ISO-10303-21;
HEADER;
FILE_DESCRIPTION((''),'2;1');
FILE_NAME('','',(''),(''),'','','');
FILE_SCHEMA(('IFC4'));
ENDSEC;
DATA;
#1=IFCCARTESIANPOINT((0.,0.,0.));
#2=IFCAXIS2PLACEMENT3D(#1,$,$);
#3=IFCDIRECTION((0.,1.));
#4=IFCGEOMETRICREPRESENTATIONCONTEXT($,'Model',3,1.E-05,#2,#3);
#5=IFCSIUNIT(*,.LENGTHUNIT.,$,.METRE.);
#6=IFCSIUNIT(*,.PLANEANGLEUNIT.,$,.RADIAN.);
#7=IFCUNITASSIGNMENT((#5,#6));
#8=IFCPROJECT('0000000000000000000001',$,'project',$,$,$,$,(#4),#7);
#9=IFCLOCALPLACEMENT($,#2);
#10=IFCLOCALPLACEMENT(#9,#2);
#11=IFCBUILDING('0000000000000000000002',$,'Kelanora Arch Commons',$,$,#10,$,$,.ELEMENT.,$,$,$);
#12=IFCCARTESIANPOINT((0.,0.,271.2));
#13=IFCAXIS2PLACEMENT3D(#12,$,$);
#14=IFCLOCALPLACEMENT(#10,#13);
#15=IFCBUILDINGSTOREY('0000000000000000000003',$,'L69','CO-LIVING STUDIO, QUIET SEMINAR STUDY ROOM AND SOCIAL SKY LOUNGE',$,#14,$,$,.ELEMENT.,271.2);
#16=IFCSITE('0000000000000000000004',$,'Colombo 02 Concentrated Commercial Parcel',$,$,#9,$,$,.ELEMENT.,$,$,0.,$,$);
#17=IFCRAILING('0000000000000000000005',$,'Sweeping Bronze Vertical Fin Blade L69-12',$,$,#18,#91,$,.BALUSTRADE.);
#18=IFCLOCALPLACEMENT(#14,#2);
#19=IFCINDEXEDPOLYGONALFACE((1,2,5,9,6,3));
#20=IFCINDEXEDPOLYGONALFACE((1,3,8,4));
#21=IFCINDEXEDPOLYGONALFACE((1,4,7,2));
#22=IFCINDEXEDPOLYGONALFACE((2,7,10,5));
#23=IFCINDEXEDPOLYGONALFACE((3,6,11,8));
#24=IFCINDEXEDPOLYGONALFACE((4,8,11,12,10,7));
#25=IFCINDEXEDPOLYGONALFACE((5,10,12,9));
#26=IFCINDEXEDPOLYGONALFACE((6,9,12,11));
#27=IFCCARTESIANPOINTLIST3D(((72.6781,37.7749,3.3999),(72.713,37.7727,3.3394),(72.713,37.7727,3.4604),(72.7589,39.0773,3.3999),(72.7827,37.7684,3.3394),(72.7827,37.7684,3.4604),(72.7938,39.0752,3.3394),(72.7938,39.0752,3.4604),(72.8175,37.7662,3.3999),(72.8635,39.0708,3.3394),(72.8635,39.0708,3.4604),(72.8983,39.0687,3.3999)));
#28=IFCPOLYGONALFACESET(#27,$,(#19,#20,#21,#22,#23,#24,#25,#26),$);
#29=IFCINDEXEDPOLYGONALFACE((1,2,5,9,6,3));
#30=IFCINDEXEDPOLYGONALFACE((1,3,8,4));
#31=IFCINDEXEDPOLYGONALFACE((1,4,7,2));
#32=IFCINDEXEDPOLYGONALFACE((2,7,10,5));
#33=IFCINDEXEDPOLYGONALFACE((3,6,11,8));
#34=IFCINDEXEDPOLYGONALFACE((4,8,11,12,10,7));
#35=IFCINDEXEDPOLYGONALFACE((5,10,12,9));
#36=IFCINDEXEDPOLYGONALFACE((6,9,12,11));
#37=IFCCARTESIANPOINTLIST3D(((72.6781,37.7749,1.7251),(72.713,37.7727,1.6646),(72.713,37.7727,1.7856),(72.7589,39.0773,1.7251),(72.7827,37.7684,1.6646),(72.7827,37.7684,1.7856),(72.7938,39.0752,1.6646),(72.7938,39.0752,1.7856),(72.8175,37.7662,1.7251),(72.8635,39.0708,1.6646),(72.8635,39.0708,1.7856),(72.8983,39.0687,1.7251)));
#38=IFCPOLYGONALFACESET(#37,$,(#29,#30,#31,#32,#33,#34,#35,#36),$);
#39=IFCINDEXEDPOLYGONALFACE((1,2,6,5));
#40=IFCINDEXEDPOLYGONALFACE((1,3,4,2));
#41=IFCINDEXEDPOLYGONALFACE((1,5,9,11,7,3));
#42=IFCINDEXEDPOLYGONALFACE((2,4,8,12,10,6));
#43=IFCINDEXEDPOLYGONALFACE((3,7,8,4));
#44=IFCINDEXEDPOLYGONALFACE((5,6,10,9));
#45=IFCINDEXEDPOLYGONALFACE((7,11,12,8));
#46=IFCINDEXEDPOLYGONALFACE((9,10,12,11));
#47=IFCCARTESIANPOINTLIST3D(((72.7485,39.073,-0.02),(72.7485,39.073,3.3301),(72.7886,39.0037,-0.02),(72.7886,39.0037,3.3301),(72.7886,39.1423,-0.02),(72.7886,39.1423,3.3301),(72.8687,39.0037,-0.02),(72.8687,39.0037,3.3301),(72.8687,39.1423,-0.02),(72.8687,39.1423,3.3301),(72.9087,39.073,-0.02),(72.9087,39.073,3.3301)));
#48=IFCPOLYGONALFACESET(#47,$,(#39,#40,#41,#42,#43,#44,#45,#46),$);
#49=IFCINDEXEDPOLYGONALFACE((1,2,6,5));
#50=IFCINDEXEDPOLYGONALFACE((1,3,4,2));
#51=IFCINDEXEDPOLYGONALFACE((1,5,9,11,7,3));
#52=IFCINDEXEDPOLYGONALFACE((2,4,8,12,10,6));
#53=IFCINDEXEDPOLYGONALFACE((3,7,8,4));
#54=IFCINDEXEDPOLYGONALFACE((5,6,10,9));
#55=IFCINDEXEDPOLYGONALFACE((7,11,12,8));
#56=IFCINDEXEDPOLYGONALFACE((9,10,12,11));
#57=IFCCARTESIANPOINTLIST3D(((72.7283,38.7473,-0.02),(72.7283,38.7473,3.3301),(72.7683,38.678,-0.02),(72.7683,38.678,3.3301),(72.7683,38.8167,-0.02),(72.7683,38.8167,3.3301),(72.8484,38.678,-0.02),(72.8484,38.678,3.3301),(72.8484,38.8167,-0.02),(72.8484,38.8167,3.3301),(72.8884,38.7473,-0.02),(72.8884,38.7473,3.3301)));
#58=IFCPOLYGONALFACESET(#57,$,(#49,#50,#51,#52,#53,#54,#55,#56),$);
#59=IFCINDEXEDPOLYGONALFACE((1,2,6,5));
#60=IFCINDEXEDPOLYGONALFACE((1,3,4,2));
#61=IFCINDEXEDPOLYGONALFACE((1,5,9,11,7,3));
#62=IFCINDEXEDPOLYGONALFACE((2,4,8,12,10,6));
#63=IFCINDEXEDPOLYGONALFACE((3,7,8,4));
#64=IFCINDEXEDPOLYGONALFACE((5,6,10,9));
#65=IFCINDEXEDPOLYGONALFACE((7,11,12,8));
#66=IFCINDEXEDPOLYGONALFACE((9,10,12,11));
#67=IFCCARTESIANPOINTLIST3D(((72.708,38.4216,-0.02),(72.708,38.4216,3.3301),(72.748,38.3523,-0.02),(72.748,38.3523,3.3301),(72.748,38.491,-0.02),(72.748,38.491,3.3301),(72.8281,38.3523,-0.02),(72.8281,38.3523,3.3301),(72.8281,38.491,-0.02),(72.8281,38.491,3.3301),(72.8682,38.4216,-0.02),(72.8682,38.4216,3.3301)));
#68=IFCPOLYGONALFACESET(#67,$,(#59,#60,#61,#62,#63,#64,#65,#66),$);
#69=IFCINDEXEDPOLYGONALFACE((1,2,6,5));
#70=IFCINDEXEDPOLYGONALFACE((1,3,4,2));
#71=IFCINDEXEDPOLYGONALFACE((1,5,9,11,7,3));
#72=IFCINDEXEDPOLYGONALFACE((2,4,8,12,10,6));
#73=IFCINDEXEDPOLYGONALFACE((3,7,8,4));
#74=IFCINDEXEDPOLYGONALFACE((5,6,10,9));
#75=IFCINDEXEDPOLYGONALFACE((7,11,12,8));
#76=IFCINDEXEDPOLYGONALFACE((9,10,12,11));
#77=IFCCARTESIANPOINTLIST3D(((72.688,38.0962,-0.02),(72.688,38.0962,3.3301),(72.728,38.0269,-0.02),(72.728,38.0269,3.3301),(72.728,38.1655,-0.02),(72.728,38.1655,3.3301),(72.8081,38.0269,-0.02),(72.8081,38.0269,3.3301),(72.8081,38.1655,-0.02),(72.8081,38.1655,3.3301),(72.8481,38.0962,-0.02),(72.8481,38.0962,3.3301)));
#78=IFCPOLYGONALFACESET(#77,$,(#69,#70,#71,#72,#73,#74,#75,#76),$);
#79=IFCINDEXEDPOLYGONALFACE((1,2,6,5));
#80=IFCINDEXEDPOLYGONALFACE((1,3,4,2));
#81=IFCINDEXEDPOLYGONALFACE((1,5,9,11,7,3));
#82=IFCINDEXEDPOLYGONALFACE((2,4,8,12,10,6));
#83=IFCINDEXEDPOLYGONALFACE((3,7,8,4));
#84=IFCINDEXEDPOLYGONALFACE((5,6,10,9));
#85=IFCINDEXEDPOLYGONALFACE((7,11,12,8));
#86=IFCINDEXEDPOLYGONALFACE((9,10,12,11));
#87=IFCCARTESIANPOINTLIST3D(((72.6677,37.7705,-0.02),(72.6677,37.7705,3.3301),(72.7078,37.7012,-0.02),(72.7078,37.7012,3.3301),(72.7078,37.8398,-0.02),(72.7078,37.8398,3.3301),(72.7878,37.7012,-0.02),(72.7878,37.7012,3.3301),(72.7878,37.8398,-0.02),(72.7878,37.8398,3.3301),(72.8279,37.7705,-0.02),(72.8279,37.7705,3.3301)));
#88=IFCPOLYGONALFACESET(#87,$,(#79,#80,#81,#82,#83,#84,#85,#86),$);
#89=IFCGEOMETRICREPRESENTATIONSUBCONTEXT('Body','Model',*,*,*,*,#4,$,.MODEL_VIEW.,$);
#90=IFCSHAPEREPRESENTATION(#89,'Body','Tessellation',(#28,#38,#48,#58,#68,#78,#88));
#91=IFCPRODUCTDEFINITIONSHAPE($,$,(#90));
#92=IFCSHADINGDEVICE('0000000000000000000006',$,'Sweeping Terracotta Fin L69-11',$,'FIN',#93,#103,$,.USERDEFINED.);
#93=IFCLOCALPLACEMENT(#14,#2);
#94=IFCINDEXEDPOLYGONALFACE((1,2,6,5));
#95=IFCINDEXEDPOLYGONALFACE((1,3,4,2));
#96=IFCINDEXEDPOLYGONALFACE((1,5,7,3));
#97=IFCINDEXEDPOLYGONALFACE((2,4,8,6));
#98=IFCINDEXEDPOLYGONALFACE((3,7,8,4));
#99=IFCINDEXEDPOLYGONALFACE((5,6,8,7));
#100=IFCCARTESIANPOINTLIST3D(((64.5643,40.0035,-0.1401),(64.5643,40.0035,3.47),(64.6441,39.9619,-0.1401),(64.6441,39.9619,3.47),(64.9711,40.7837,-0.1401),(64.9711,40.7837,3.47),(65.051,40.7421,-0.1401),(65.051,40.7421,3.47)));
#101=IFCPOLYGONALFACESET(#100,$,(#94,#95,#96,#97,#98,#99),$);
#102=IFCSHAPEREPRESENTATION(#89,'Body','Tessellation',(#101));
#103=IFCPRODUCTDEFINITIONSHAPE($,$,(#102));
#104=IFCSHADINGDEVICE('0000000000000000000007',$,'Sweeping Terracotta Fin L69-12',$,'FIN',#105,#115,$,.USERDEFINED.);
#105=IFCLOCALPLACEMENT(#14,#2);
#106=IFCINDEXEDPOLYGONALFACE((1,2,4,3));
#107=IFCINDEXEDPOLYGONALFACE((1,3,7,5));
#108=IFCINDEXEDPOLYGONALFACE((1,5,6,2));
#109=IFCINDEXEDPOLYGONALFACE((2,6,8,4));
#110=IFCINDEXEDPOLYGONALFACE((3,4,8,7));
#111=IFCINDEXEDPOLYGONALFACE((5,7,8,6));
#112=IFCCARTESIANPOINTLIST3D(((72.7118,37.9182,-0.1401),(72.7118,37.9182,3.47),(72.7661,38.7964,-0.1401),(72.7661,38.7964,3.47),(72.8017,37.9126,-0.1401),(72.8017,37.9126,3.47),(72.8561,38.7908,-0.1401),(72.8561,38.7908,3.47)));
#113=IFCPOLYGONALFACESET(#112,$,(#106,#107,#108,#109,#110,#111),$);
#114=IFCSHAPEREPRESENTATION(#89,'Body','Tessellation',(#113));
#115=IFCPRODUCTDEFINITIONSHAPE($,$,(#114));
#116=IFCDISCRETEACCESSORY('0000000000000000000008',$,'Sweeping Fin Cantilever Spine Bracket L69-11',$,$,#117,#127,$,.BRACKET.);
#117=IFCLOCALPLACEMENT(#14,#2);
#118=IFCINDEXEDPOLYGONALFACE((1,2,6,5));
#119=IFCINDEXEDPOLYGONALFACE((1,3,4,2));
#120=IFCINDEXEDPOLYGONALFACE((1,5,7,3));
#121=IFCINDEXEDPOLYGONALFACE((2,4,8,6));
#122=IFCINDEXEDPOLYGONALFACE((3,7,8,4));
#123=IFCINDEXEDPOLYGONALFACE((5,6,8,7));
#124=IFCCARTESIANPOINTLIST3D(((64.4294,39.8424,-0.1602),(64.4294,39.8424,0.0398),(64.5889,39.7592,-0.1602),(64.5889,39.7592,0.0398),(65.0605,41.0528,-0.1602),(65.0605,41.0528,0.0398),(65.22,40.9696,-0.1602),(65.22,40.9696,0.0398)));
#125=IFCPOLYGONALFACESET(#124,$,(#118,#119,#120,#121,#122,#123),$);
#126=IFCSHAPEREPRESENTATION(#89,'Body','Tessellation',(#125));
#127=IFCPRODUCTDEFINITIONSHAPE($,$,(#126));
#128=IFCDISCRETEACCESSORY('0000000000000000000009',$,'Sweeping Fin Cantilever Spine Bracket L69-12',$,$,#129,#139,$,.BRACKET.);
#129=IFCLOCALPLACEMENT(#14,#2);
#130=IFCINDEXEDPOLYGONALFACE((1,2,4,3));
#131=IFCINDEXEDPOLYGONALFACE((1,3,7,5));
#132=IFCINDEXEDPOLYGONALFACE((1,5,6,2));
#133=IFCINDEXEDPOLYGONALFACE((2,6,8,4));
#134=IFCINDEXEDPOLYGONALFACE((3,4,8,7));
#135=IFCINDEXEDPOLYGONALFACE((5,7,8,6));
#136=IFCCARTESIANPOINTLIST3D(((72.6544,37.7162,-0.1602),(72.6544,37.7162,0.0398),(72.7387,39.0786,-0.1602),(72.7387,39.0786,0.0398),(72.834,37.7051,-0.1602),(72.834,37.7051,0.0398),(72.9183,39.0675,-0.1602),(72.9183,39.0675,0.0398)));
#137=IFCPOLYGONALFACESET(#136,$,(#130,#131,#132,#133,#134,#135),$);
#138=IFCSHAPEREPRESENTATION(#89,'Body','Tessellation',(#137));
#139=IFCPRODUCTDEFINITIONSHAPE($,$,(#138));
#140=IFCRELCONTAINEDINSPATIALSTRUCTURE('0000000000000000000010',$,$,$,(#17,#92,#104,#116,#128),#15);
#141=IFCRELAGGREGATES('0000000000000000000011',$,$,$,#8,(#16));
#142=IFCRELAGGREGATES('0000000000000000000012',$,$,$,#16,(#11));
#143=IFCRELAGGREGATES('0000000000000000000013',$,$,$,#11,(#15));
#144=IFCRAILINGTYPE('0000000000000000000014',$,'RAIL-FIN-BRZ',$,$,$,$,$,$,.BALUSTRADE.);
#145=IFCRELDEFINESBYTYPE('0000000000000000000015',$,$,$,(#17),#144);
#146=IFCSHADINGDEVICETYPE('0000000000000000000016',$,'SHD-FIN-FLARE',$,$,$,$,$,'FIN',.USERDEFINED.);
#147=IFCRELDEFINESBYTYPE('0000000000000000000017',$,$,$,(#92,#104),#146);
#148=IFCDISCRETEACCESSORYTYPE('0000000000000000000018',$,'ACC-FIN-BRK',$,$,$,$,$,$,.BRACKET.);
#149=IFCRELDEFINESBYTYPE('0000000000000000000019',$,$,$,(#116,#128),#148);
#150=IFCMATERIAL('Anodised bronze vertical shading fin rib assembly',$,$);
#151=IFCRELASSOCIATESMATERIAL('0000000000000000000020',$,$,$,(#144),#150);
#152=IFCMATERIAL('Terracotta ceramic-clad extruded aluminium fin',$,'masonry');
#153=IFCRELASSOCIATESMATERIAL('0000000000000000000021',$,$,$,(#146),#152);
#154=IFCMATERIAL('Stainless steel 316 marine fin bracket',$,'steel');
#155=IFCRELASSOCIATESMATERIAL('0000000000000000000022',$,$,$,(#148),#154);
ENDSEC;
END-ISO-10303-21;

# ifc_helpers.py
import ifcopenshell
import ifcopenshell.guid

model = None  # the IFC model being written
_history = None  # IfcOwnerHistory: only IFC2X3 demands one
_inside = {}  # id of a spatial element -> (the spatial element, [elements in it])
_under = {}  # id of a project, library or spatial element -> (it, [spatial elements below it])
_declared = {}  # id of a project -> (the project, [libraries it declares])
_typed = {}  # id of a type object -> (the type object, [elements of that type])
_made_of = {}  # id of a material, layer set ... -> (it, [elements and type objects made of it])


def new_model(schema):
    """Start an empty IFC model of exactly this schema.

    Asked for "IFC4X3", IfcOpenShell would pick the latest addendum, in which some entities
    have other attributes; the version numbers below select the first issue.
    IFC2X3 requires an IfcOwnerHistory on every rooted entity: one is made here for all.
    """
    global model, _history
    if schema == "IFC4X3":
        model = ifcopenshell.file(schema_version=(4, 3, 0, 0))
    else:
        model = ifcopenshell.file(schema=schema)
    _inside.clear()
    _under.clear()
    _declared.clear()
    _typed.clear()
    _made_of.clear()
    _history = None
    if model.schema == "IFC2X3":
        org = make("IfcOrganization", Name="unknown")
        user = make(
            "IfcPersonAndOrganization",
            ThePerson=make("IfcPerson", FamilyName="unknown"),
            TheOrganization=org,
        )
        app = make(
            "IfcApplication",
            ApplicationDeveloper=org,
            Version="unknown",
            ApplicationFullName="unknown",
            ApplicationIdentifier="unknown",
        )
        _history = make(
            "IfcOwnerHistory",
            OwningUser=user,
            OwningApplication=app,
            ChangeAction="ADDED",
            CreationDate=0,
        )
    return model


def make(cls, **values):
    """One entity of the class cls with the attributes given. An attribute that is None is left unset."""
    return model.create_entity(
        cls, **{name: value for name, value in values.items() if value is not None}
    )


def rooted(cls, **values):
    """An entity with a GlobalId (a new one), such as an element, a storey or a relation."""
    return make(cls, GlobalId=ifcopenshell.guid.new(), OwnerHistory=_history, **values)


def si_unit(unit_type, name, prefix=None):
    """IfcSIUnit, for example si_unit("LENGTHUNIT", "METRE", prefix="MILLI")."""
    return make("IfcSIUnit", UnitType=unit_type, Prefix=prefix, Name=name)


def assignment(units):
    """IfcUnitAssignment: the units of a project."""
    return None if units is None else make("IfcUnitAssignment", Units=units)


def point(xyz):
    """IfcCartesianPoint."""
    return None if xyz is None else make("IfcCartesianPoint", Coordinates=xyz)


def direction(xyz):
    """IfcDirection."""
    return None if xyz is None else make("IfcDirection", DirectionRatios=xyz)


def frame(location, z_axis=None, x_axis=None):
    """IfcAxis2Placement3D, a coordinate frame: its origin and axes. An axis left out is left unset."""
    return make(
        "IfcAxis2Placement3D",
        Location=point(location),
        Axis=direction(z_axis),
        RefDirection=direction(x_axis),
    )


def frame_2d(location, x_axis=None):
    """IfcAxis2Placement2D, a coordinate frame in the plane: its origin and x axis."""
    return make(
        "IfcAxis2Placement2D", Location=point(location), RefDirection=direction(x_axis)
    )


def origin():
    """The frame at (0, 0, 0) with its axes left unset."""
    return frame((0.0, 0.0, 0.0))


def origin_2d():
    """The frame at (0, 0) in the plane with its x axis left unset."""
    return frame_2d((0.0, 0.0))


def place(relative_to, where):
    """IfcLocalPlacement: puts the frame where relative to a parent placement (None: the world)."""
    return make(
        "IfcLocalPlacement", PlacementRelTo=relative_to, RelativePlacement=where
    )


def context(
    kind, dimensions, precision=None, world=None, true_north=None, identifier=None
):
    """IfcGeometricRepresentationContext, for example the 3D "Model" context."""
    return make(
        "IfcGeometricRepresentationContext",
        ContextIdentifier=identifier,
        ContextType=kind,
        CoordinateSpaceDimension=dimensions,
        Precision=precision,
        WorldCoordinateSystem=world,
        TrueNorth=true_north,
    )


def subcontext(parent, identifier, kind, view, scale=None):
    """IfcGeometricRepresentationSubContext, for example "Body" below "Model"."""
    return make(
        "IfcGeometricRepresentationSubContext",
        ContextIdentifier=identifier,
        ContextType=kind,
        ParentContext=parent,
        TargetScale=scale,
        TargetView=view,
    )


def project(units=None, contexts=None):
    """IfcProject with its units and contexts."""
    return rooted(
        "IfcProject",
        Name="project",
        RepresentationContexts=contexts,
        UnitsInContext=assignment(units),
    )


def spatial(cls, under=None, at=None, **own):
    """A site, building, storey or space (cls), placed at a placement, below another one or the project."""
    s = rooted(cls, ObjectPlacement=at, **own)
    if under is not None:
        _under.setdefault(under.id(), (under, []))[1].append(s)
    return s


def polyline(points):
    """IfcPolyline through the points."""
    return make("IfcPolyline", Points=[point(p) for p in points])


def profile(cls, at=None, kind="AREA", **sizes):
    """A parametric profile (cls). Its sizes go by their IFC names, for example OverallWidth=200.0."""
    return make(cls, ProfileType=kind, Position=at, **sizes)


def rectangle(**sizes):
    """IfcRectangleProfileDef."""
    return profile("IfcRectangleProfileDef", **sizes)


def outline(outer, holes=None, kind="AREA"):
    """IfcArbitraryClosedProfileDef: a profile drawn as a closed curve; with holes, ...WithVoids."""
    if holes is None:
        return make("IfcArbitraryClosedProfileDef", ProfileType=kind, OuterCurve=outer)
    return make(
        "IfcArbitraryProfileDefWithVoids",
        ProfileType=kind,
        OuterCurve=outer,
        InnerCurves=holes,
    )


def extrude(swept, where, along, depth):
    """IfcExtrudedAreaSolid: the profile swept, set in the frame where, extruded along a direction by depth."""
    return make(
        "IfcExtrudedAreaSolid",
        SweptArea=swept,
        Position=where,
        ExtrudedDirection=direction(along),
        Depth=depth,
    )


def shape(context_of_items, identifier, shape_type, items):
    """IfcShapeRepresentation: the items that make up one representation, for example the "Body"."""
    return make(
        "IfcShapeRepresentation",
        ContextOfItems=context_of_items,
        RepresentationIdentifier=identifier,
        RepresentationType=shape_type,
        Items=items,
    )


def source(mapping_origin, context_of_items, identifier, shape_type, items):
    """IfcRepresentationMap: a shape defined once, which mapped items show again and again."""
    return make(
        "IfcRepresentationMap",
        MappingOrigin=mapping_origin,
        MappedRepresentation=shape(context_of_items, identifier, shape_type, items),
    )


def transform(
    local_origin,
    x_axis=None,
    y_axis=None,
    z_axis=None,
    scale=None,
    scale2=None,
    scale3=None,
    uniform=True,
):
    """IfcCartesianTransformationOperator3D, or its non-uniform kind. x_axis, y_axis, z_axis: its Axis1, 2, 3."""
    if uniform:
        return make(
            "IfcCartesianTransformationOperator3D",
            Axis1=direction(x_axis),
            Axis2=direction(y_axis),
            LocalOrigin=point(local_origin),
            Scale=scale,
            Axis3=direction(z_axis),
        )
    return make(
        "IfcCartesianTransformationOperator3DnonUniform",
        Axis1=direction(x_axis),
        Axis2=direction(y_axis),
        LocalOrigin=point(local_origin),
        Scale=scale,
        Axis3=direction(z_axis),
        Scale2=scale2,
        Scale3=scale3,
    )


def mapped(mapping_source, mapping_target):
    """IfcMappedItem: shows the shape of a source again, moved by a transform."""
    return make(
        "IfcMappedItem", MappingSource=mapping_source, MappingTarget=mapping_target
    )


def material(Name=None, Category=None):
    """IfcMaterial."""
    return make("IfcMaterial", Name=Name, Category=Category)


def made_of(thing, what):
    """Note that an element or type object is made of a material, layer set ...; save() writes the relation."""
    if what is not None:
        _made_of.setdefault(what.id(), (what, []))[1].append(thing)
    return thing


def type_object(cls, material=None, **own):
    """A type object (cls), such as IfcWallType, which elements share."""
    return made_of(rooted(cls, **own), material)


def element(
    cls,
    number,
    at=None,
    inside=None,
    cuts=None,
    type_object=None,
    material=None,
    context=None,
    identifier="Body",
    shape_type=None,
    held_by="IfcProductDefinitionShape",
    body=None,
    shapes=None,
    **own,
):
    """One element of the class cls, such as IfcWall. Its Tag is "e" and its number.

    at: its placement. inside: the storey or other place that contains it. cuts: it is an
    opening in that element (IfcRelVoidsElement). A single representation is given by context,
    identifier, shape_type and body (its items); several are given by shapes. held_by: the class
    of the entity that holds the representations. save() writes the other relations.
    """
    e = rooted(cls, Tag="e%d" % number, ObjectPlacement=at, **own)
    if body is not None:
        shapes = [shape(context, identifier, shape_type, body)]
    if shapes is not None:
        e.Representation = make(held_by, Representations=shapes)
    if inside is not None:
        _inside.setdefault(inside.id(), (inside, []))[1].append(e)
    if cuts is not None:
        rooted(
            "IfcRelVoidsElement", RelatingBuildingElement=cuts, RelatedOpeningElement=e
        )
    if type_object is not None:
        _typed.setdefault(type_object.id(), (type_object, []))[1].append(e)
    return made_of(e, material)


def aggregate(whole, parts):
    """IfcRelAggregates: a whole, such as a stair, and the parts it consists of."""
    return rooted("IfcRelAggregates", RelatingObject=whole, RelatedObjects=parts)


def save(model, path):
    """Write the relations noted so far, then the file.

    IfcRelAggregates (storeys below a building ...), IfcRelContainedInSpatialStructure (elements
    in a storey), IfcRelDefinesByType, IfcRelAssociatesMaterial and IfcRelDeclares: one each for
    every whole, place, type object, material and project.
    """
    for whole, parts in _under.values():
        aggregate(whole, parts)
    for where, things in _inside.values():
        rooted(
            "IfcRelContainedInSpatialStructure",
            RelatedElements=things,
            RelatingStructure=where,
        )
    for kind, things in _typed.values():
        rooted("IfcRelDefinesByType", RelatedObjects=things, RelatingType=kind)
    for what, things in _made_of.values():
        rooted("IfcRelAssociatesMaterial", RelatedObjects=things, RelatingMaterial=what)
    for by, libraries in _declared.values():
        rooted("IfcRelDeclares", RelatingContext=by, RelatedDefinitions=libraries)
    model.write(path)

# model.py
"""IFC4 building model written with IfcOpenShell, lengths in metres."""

from ifc_helpers import new_model, si_unit, direction, frame, origin, origin_2d, place, context, subcontext, project, spatial, polyline, rectangle, outline, extrude, source, transform, mapped, material, type_object, element, save


model = new_model("IFC4")

# Units and contexts
model_context = context("Model", 3, precision=1e-05, world=origin(), true_north=direction((0.0, 1.0)))
body_context = subcontext(model_context, "Body", "Model", "MODEL_VIEW")
ifc_project = project(units=[si_unit("LENGTHUNIT", "METRE"), si_unit("PLANEANGLEUNIT", "RADIAN")], contexts=[model_context])

# Site, building, storey
site_placement = place(None, origin())
site = spatial("IfcSite", under=ifc_project, at=site_placement, Name="Colombo 02 Concentrated Commercial Parcel", CompositionType="ELEMENT", RefElevation=0.0)
building_placement = place(site_placement, origin())
building = spatial("IfcBuilding", under=site, at=building_placement, Name="Kelanora Arch Commons", CompositionType="ELEMENT")
storey_placement = place(building_placement, frame((0.0, 0.0, 271.2)))
storey = spatial("IfcBuildingStorey", under=building, at=storey_placement, Name="L69", Description="CO-LIVING STUDIO, QUIET SEMINAR STUDY ROOM AND SOCIAL SKY LOUNGE", CompositionType="ELEMENT", Elevation=271.2)

# Railing
ifc_material_1 = material(Name="Anodised bronze vertical shading fin rib assembly")
railing_type = type_object("IfcRailingType", Name="RAIL-FIN-BRZ", PredefinedType="BALUSTRADE", material=ifc_material_1)
railing_1_placement = place(storey_placement, frame((72.8286, 39.073, -0.02)))
element("IfcRailing", 1, at=railing_1_placement, inside=storey, type_object=railing_type, Name="Sweeping Bronze Vertical Fin Blade L69-12", PredefinedType="BALUSTRADE", context=body_context, shape_type="SweptSolid", body=[
    extrude(outline(polyline([(0.0698, 0.0), (0.0349, 0.0605), (-0.0349, 0.0605), (-0.0698, 0.0), (-0.0349, -0.0605), (0.0349, -0.0605), (0.0698, 0.0)])), frame((0.0, 0.0, 3.4199), z_axis=(-0.061924, -0.998081, 0.0), x_axis=(0.998081, -0.061924, 0.0)), (0.0, 0.0, 1.0), 1.3049),
    extrude(outline(polyline([(0.0698, 0.0), (0.0349, 0.0605), (-0.0349, 0.0605), (-0.0698, 0.0), (-0.0349, -0.0605), (0.0349, -0.0605), (0.0698, 0.0)])), frame((0.0, 0.0, 1.7451), z_axis=(-0.061924, -0.998081, 0.0), x_axis=(0.998081, -0.061924, 0.0)), (0.0, 0.0, 1.0), 1.3049),
    extrude(outline(polyline([(0.0801, 0.0), (0.04, 0.0693), (-0.04, 0.0693), (-0.0801, 0.0), (-0.04, -0.0693), (0.04, -0.0693), (0.0801, 0.0)])), origin(), (0.0, 0.0, 1.0), 3.3501),
    extrude(outline(polyline([(0.0801, 0.0), (0.04, 0.0693), (-0.04, 0.0693), (-0.0801, 0.0), (-0.04, -0.0693), (0.04, -0.0693), (0.0801, 0.0)])), frame((-0.0203, -0.3257, 0.0)), (0.0, 0.0, 1.0), 3.3501),
    extrude(outline(polyline([(0.0801, 0.0), (0.04, 0.0693), (-0.04, 0.0693), (-0.0801, 0.0), (-0.04, -0.0693), (0.04, -0.0693), (0.0801, 0.0)])), frame((-0.0405, -0.6514, 0.0)), (0.0, 0.0, 1.0), 3.3501),
    extrude(outline(polyline([(0.0801, 0.0), (0.04, 0.0693), (-0.04, 0.0693), (-0.0801, 0.0), (-0.04, -0.0693), (0.04, -0.0693), (0.0801, 0.0)])), frame((-0.0605, -0.9768, 0.0)), (0.0, 0.0, 1.0), 3.3501),
    extrude(outline(polyline([(0.0801, 0.0), (0.04, 0.0693), (-0.04, 0.0693), (-0.0801, 0.0), (-0.04, -0.0693), (0.04, -0.0693), (0.0801, 0.0)])), frame((-0.0808, -1.3025, 0.0)), (0.0, 0.0, 1.0), 3.3501),
])

# Shading devices
ifc_material_2 = material(Name="Terracotta ceramic-clad extruded aluminium fin", Category="masonry")
shading_device_type = type_object("IfcShadingDeviceType", Name="SHD-FIN-FLARE", ElementType="FIN", PredefinedType="USERDEFINED", material=ifc_material_2)
shared_shape_1 = source(origin(), body_context, "Body", "SweptSolid", [
    extrude(rectangle(XDim=0.8799, YDim=0.0901, at=origin_2d()), origin(), (0.0, 0.0, 1.0), 3.6101),
])
for number, where, z_axis, x_axis, name in (
    (2, (64.8076, 40.3728, -0.1401), (0.0, 0.0, 1.0), (-0.462368, -0.886688, 0.0), "Sweeping Terracotta Fin L69-11"),
    (3, (72.7839, 38.3545, -0.1401), (0.0, 0.0, 1.0), (-0.061745, -0.998092, 0.0), "Sweeping Terracotta Fin L69-12"),
):
    element("IfcShadingDevice", number, at=place(storey_placement, frame(where, z_axis=z_axis, x_axis=x_axis)), inside=storey, type_object=shading_device_type, Name=name, ObjectType="FIN", PredefinedType="USERDEFINED", context=body_context, shape_type="MappedRepresentation", body=[
        mapped(shared_shape_1, transform((0.0, 0.0, 0.0), scale=1.0)),
    ])

# Discrete accessories
ifc_material_3 = material(Name="Stainless steel 316 marine fin bracket", Category="steel")
discrete_accessory_type = type_object("IfcDiscreteAccessoryType", Name="ACC-FIN-BRK", PredefinedType="BRACKET", material=ifc_material_3)
shared_shape_2 = source(origin(), body_context, "Body", "SweptSolid", [
    extrude(rectangle(XDim=1.365, YDim=0.1799, at=origin_2d()), origin(), (0.0, 0.0, 1.0), 0.2),
])
for number, where, z_axis, x_axis, name in (
    (4, (64.8247, 40.406, -0.1602), (0.0, 0.0, 1.0), (-0.462368, -0.886688, 0.0), "Sweeping Fin Cantilever Spine Bracket L69-11"),
    (5, (72.7864, 38.3918, -0.1602), (0.0, 0.0, 1.0), (-0.061745, -0.998092, 0.0), "Sweeping Fin Cantilever Spine Bracket L69-12"),
):
    element("IfcDiscreteAccessory", number, at=place(storey_placement, frame(where, z_axis=z_axis, x_axis=x_axis)), inside=storey, type_object=discrete_accessory_type, Name=name, PredefinedType="BRACKET", context=body_context, shape_type="MappedRepresentation", body=[
        mapped(shared_shape_2, transform((0.0, 0.0, 0.0), scale=1.0)),
    ])

save(model, "model.ifc")
